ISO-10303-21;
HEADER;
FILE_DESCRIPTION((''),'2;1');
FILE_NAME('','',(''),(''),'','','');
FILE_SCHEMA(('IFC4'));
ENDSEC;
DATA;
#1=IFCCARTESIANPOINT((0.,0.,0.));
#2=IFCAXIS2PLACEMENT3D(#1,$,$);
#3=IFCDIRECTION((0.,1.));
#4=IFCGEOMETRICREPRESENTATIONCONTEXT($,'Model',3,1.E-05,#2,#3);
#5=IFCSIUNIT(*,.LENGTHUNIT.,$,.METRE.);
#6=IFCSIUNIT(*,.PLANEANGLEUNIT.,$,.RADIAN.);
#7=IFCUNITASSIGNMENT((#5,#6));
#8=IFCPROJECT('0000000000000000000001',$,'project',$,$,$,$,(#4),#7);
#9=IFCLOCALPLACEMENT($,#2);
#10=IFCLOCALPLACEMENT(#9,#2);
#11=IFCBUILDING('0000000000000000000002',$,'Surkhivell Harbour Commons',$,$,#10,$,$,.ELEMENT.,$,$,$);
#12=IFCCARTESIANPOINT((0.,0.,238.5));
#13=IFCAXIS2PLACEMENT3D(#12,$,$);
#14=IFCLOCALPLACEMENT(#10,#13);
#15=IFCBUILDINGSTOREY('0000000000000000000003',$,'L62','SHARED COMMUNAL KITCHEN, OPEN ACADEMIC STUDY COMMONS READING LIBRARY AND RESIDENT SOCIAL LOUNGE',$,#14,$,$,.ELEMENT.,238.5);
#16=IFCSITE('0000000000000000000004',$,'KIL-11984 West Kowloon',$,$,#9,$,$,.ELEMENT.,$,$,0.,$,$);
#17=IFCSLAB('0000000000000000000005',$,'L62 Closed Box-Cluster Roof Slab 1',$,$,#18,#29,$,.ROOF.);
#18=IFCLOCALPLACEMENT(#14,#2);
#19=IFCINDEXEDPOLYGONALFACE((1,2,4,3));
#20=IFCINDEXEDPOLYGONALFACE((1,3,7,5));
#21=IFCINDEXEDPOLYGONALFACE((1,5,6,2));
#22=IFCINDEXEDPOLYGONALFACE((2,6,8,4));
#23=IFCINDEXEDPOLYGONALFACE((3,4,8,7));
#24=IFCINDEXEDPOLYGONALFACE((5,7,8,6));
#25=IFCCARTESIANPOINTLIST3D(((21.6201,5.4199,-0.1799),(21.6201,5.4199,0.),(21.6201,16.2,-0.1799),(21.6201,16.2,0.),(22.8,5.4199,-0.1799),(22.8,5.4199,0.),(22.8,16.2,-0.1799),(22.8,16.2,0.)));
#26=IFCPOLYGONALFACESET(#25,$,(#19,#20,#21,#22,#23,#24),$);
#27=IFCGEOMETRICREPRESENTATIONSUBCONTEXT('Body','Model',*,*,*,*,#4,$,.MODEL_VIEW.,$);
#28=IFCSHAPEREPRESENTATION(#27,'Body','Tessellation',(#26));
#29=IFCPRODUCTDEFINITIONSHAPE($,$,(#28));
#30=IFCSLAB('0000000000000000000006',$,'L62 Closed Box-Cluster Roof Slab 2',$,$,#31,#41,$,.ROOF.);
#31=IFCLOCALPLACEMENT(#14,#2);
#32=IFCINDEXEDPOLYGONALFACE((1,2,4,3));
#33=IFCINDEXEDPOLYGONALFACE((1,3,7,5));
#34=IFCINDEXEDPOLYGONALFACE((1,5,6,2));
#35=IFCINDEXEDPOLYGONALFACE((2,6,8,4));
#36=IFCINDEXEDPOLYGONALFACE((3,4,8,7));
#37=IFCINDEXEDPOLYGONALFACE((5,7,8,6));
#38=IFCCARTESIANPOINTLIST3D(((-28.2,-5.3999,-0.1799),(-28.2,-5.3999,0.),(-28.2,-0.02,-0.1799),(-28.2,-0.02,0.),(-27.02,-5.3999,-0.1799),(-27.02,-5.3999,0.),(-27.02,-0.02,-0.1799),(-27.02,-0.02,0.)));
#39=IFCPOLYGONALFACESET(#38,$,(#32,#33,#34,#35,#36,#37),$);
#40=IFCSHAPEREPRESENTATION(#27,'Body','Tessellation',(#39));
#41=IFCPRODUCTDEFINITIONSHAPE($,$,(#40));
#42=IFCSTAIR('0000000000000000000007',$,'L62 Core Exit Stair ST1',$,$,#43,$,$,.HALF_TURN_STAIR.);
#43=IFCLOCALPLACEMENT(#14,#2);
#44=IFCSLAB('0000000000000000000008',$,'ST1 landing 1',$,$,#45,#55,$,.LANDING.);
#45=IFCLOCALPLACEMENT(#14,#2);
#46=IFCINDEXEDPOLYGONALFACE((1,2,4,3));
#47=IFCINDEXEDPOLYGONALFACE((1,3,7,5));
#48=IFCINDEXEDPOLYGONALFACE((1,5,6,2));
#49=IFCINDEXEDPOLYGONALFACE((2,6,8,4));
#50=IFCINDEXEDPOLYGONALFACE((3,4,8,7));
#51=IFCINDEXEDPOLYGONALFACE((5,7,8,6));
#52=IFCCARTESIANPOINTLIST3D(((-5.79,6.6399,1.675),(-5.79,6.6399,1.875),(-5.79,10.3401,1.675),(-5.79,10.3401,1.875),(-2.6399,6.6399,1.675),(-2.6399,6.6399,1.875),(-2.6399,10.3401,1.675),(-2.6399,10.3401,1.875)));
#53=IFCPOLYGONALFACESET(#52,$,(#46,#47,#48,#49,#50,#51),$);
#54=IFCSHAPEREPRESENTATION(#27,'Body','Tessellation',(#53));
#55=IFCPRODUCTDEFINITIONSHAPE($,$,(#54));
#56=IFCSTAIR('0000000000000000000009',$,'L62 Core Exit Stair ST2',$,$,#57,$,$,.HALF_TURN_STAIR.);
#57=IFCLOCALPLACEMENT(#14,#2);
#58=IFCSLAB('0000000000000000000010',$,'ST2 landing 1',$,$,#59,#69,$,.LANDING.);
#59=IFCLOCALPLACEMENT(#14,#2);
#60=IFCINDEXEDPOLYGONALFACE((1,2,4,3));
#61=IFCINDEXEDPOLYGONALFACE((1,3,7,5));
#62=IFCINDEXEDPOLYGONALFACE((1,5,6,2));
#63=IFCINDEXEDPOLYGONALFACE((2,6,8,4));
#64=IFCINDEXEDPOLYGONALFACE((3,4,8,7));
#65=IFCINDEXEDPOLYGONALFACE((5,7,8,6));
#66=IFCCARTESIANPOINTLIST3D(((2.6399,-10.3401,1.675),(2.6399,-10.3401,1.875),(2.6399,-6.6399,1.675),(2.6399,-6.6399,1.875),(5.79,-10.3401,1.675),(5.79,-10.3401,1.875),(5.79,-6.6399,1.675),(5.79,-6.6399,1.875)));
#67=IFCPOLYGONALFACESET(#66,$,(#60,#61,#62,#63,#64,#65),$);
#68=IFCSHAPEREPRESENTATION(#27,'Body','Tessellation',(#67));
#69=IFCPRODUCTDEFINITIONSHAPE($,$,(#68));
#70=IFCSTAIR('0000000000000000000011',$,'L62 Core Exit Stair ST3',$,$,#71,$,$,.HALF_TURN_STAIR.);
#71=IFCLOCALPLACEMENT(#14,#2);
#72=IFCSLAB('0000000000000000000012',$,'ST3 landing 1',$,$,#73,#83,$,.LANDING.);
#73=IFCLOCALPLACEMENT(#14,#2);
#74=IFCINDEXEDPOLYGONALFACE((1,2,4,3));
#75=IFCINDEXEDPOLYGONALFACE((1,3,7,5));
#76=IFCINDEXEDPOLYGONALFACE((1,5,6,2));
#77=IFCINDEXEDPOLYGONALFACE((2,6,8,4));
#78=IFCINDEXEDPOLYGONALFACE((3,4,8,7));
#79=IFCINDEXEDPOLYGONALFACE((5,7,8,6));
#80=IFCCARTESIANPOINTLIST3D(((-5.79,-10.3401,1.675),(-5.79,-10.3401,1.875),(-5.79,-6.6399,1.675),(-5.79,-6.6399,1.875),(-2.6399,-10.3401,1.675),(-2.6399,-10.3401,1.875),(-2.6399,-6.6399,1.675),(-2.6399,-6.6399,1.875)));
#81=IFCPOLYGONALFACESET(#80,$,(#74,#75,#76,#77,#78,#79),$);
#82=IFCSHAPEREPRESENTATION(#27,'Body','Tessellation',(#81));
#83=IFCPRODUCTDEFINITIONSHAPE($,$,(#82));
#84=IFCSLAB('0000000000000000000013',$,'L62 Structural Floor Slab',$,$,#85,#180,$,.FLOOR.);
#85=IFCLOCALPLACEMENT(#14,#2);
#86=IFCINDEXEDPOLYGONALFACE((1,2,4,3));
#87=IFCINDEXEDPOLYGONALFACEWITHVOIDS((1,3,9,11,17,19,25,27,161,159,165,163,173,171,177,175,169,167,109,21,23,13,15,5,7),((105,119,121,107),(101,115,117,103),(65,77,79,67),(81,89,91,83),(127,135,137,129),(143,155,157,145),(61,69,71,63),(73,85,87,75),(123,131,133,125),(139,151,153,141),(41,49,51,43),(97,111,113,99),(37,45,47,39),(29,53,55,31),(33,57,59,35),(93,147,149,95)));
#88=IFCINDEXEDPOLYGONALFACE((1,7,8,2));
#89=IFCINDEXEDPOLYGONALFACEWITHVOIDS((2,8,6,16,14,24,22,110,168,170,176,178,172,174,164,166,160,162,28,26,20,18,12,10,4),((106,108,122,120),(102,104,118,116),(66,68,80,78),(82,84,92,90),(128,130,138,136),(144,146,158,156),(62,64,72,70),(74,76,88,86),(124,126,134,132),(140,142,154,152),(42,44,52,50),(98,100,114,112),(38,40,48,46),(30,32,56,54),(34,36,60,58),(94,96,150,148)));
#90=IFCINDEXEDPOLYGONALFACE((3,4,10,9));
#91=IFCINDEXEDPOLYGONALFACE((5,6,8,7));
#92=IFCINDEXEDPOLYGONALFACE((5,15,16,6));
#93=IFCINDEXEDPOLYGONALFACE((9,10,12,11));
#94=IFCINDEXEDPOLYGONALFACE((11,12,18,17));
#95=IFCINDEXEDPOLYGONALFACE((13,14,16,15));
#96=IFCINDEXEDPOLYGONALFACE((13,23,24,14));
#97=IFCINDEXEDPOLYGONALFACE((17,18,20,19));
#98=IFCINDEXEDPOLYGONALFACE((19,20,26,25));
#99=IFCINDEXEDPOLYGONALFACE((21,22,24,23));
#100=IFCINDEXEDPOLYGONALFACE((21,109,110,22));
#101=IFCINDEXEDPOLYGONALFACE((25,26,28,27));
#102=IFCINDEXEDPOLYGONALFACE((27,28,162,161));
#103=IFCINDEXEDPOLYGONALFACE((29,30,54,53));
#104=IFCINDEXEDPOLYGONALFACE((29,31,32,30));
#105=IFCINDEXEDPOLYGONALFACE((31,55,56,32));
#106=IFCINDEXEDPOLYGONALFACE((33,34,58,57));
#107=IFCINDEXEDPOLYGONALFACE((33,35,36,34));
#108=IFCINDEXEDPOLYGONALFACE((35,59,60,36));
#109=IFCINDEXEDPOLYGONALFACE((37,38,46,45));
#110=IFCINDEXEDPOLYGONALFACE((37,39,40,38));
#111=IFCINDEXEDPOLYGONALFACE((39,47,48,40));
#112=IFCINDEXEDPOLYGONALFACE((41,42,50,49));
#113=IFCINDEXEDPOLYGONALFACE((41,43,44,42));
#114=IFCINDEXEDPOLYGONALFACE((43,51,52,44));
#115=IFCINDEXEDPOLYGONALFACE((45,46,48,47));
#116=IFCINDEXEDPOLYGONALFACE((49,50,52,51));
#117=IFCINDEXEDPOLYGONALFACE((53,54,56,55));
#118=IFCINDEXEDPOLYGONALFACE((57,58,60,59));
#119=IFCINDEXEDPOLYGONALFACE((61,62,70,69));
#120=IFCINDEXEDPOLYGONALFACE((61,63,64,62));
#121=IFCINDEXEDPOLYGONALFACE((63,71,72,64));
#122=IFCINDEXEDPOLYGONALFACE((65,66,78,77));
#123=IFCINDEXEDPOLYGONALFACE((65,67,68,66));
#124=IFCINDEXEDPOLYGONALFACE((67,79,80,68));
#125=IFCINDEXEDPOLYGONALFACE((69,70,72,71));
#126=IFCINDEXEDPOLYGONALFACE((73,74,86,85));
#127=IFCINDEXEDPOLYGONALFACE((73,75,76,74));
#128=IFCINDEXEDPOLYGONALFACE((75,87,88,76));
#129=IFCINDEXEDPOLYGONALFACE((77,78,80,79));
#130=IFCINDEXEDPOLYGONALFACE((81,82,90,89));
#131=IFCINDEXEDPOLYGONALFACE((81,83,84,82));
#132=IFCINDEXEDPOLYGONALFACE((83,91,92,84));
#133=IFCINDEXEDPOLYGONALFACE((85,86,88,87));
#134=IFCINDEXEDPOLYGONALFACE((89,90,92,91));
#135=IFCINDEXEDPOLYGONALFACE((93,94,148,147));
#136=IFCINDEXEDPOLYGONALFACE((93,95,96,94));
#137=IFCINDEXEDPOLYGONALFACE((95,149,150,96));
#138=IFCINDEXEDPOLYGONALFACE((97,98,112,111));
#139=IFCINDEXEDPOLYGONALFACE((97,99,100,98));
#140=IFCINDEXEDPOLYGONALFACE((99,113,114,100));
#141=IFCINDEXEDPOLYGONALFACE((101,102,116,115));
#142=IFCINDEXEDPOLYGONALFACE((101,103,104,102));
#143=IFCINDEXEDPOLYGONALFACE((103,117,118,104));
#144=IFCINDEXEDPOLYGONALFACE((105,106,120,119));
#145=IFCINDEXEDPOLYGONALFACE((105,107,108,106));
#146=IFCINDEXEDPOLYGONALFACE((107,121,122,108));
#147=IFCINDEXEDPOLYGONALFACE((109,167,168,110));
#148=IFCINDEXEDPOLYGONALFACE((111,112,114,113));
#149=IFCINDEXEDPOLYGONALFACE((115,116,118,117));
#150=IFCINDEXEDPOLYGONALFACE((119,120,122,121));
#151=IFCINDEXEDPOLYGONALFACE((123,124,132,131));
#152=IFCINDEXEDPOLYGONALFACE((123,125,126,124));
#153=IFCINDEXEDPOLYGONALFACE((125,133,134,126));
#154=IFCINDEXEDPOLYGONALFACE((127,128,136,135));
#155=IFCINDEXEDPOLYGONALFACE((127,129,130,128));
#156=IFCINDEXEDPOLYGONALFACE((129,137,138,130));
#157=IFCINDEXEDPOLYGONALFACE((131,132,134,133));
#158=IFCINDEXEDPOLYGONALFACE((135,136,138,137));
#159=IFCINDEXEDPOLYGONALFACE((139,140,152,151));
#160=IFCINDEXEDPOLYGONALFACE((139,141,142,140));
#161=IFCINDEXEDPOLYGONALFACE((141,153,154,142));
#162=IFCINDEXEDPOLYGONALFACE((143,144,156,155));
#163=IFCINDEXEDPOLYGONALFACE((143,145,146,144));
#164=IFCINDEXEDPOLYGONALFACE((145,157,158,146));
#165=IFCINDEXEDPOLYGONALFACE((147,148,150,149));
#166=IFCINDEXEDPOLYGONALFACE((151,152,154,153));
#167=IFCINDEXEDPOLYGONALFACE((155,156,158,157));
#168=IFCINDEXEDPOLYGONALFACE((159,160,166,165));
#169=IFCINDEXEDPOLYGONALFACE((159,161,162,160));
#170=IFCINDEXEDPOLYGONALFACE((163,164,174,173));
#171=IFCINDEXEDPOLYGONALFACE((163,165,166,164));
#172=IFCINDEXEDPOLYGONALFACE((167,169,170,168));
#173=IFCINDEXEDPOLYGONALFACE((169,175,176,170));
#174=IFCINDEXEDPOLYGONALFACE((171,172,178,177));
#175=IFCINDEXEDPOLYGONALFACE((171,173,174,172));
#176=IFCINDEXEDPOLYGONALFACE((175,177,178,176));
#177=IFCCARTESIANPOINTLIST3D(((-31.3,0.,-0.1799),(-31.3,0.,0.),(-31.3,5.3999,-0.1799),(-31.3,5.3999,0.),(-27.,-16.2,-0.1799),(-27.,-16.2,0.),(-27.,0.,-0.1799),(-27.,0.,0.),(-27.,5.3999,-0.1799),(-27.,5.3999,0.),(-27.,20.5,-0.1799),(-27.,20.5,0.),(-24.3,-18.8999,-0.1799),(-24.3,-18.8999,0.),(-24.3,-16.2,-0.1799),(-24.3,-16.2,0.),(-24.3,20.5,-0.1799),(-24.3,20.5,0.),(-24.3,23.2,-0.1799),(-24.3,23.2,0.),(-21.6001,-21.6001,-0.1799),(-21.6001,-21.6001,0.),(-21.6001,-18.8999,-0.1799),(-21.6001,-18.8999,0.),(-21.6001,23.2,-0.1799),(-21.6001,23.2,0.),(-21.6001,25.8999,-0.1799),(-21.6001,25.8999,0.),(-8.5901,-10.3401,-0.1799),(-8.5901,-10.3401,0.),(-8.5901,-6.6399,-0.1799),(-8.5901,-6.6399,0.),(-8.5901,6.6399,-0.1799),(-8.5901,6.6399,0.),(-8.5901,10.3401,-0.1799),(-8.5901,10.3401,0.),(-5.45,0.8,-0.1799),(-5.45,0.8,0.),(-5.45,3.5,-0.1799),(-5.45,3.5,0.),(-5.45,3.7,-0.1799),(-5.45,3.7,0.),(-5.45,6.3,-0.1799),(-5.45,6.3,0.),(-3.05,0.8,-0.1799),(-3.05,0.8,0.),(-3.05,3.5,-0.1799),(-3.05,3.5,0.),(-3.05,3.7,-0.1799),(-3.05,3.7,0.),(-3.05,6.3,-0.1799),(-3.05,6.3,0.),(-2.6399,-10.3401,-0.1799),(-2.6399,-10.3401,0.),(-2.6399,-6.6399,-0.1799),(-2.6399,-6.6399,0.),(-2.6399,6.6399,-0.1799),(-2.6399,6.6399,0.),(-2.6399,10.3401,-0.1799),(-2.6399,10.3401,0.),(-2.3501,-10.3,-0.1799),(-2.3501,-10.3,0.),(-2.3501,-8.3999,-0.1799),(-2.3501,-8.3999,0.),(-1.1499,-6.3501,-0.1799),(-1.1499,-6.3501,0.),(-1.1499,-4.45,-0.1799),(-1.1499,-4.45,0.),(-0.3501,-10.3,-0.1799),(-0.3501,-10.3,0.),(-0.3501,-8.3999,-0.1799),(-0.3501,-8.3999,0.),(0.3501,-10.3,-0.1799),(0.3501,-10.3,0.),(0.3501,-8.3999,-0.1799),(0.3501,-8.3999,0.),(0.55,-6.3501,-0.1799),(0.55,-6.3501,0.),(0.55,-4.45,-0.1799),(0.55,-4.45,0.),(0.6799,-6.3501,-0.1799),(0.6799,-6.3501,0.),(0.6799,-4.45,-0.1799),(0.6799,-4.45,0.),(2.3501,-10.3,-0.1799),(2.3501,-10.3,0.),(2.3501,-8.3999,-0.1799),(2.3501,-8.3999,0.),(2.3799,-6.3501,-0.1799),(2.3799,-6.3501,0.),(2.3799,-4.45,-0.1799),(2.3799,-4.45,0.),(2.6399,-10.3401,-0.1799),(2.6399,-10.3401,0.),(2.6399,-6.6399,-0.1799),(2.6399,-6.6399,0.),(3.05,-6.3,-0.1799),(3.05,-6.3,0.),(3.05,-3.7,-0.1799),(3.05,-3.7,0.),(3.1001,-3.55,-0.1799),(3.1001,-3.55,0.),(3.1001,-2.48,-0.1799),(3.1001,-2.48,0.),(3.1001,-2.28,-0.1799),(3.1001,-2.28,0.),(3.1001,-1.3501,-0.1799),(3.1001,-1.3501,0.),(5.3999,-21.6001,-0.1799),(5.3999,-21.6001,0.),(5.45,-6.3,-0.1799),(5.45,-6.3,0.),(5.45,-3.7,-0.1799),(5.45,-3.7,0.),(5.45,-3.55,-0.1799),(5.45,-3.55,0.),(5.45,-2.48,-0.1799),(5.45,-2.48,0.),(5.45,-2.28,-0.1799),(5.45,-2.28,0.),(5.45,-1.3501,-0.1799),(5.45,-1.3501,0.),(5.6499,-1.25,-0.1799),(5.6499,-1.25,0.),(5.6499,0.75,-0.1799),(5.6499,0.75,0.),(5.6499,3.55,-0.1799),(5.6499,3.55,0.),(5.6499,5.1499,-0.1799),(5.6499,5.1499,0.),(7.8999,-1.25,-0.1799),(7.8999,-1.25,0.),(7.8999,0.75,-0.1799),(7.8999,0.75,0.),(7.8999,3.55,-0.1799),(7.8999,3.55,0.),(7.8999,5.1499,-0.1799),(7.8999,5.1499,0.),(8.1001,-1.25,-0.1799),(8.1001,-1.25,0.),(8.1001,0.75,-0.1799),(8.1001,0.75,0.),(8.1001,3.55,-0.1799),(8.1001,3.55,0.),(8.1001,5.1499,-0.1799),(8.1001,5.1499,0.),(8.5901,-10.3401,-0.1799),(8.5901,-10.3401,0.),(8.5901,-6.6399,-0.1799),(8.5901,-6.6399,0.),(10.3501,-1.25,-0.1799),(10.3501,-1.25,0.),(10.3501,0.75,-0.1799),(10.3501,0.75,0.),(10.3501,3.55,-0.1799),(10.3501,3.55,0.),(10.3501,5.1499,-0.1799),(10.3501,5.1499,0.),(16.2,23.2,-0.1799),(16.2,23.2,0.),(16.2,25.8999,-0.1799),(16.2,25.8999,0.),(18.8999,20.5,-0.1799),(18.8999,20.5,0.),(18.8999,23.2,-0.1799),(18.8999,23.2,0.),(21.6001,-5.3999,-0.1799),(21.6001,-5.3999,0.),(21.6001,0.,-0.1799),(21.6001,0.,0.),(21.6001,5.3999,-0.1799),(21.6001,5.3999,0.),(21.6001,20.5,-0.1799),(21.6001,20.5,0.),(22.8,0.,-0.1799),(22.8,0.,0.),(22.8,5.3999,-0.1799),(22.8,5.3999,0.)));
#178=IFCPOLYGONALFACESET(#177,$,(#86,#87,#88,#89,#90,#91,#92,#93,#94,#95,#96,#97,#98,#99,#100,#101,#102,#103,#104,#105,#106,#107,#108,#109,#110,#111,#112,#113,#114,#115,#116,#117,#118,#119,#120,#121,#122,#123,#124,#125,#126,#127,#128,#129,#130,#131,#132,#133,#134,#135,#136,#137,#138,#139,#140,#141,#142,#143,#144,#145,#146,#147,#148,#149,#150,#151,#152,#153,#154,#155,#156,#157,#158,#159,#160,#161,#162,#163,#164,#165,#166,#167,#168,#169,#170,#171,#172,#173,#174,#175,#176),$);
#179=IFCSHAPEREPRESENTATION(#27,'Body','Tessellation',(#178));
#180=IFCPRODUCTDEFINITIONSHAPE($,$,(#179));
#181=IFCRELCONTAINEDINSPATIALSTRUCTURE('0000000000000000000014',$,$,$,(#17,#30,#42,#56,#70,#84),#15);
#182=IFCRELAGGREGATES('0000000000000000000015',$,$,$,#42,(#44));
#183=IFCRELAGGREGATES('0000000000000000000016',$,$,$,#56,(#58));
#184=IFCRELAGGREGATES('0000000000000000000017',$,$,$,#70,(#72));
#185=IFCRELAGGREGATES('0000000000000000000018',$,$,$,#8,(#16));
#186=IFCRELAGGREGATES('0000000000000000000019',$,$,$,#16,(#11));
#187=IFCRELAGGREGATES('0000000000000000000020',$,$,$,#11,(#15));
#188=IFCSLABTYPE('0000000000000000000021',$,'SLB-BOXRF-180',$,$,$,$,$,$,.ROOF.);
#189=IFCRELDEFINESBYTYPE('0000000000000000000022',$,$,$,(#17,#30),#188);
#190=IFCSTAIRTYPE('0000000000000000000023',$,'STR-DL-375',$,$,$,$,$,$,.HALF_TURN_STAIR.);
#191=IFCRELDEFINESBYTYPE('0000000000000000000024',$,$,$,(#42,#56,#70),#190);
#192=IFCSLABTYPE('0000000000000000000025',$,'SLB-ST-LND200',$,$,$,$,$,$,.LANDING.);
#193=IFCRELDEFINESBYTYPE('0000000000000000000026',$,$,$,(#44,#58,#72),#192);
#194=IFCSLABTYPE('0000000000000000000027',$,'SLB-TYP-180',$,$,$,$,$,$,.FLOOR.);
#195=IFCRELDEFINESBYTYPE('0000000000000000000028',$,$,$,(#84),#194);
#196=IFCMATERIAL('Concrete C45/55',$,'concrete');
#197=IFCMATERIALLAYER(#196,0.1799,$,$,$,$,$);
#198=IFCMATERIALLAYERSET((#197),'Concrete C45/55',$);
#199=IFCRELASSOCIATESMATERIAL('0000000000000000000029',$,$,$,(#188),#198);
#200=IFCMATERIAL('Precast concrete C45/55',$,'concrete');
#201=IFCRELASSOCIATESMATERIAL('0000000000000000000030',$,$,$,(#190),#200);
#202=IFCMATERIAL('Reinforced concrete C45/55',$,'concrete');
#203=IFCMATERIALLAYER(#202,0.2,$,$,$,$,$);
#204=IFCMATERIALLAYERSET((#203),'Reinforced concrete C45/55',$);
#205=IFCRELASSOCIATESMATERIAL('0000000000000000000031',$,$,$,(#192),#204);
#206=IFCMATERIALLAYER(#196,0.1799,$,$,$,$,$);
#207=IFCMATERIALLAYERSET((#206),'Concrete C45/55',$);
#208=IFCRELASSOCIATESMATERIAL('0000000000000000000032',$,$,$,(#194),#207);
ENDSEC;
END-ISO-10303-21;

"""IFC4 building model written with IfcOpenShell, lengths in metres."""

from ifc_helpers import new_model, si_unit, direction, frame, origin, place, context, subcontext, project, spatial, polyline, outline, extrude, material, layer, layer_set, type_object, element, aggregate, save


model = new_model("IFC4")

# Units and contexts
model_context = context("Model", 3, precision=1e-05, world=origin(), true_north=direction((0.0, 1.0)))
body_context = subcontext(model_context, "Body", "Model", "MODEL_VIEW")
ifc_project = project(units=[si_unit("LENGTHUNIT", "METRE"), si_unit("PLANEANGLEUNIT", "RADIAN")], contexts=[model_context])

# Site, building, storey
site_placement = place(None, origin())
site = spatial("IfcSite", under=ifc_project, at=site_placement, Name="KIL-11984 West Kowloon", CompositionType="ELEMENT", RefElevation=0.0)
building_placement = place(site_placement, origin())
building = spatial("IfcBuilding", under=site, at=building_placement, Name="Surkhivell Harbour Commons", CompositionType="ELEMENT")
storey_placement = place(building_placement, frame((0.0, 0.0, 238.5)))
storey = spatial("IfcBuildingStorey", under=building, at=storey_placement, Name="L62", Description="SHARED COMMUNAL KITCHEN, OPEN ACADEMIC STUDY COMMONS READING LIBRARY AND RESIDENT SOCIAL LOUNGE", CompositionType="ELEMENT", Elevation=238.5)

# Slabs
ifc_material_1 = material(Name="Concrete C45/55", Category="concrete")
ifc_layer_1 = layer(ifc_material_1, 0.1799)
ifc_layer_set_1 = layer_set([ifc_layer_1], Name="Concrete C45/55")
slab_type_1 = type_object("IfcSlabType", Name="SLB-BOXRF-180", PredefinedType="ROOF", material=ifc_layer_set_1)
slab_1_placement = place(storey_placement, frame((0.0, 0.0, -0.1799)))
element("IfcSlab", 1, at=slab_1_placement, inside=storey, type_object=slab_type_1, Name="L62 Closed Box-Cluster Roof Slab 1", PredefinedType="ROOF", context=body_context, shape_type="SweptSolid", body=[
    extrude(outline(polyline([(22.8, 16.2), (21.6201, 16.2), (21.6201, 5.4199), (22.8, 5.4199), (22.8, 16.2)])), origin(), (0.0, 0.0, 1.0), 0.1799),
])
slab_2_placement = place(storey_placement, frame((0.0, 0.0, -0.1799)))
element("IfcSlab", 2, at=slab_2_placement, inside=storey, type_object=slab_type_1, Name="L62 Closed Box-Cluster Roof Slab 2", PredefinedType="ROOF", context=body_context, shape_type="SweptSolid", body=[
    extrude(outline(polyline([(-28.2, -5.3999), (-27.02, -5.3999), (-27.02, -0.02), (-28.2, -0.02), (-28.2, -5.3999)])), origin(), (0.0, 0.0, 1.0), 0.1799),
])

# Stairs, slabs
ifc_material_2 = material(Name="Precast concrete C45/55", Category="concrete")
stair_type = type_object("IfcStairType", Name="STR-DL-375", PredefinedType="HALF_TURN_STAIR", material=ifc_material_2)
stair_1_placement = place(storey_placement, origin())
stair_1 = element("IfcStair", 3, at=stair_1_placement, inside=storey, type_object=stair_type, Name="L62 Core Exit Stair ST1", PredefinedType="HALF_TURN_STAIR")
ifc_material_3 = material(Name="Reinforced concrete C45/55", Category="concrete")
ifc_layer_2 = layer(ifc_material_3, 0.2)
ifc_layer_set_2 = layer_set([ifc_layer_2], Name="Reinforced concrete C45/55")
slab_type_2 = type_object("IfcSlabType", Name="SLB-ST-LND200", PredefinedType="LANDING", material=ifc_layer_set_2)
slab_3_placement = place(storey_placement, frame((0.0, 0.0, 1.675)))
slab_3 = element("IfcSlab", 4, at=slab_3_placement, type_object=slab_type_2, Name="ST1 landing 1", PredefinedType="LANDING", context=body_context, shape_type="SweptSolid", body=[
    extrude(outline(polyline([(-5.79, 6.6399), (-2.6399, 6.6399), (-2.6399, 10.3401), (-5.79, 10.3401), (-5.79, 6.6399)])), origin(), (0.0, 0.0, 1.0), 0.2),
])
aggregate(stair_1, [slab_3])
stair_2_placement = place(storey_placement, origin())
stair_2 = element("IfcStair", 5, at=stair_2_placement, inside=storey, type_object=stair_type, Name="L62 Core Exit Stair ST2", PredefinedType="HALF_TURN_STAIR")
slab_4_placement = place(storey_placement, frame((0.0, 0.0, 1.675)))
slab_4 = element("IfcSlab", 6, at=slab_4_placement, type_object=slab_type_2, Name="ST2 landing 1", PredefinedType="LANDING", context=body_context, shape_type="SweptSolid", body=[
    extrude(outline(polyline([(5.79, -6.6399), (2.6399, -6.6399), (2.6399, -10.3401), (5.79, -10.3401), (5.79, -6.6399)])), origin(), (0.0, 0.0, 1.0), 0.2),
])
aggregate(stair_2, [slab_4])
stair_3_placement = place(storey_placement, origin())
stair_3 = element("IfcStair", 7, at=stair_3_placement, inside=storey, type_object=stair_type, Name="L62 Core Exit Stair ST3", PredefinedType="HALF_TURN_STAIR")
slab_5_placement = place(storey_placement, frame((0.0, 0.0, 1.675)))
slab_5 = element("IfcSlab", 8, at=slab_5_placement, type_object=slab_type_2, Name="ST3 landing 1", PredefinedType="LANDING", context=body_context, shape_type="SweptSolid", body=[
    extrude(outline(polyline([(-5.79, -10.3401), (-2.6399, -10.3401), (-2.6399, -6.6399), (-5.79, -6.6399), (-5.79, -10.3401)])), origin(), (0.0, 0.0, 1.0), 0.2),
])
aggregate(stair_3, [slab_5])

# Slab
ifc_layer_3 = layer(ifc_material_1, 0.1799)
ifc_layer_set_3 = layer_set([ifc_layer_3], Name="Concrete C45/55")
slab_type_3 = type_object("IfcSlabType", Name="SLB-TYP-180", PredefinedType="FLOOR", material=ifc_layer_set_3)
slab_6_placement = place(storey_placement, frame((0.0, 0.0, -0.1799)))
element("IfcSlab", 9, at=slab_6_placement, inside=storey, type_object=slab_type_3, Name="L62 Structural Floor Slab", PredefinedType="FLOOR", context=body_context, shape_type="SweptSolid", body=[
    extrude(outline(polyline([(-27.0, 20.5), (-27.0, 5.3999), (-31.3, 5.3999), (-31.3, 0.0), (-27.0, 0.0), (-27.0, -16.2), (-24.3, -16.2), (-24.3, -18.8999), (-21.6001, -18.8999), (-21.6001, -21.6001), (5.3999, -21.6001), (21.6001, -5.3999), (21.6001, 0.0), (22.8, 0.0), (22.8, 5.3999), (21.6001, 5.3999), (21.6001, 20.5), (18.8999, 20.5), (18.8999, 23.2), (16.2, 23.2), (16.2, 25.8999), (-21.6001, 25.8999), (-21.6001, 23.2), (-24.3, 23.2), (-24.3, 20.5), (-27.0, 20.5)]), holes=[polyline([(-8.5901, 6.6399), (-2.6399, 6.6399), (-2.6399, 10.3401), (-8.5901, 10.3401), (-8.5901, 6.6399)]), polyline([(8.5901, -6.6399), (2.6399, -6.6399), (2.6399, -10.3401), (8.5901, -10.3401), (8.5901, -6.6399)]), polyline([(-8.5901, -10.3401), (-2.6399, -10.3401), (-2.6399, -6.6399), (-8.5901, -6.6399), (-8.5901, -10.3401)]), polyline([(5.6499, 3.55), (7.8999, 3.55), (7.8999, 5.1499), (5.6499, 5.1499), (5.6499, 3.55)]), polyline([(8.1001, 3.55), (10.3501, 3.55), (10.3501, 5.1499), (8.1001, 5.1499), (8.1001, 3.55)]), polyline([(5.6499, -1.25), (7.8999, -1.25), (7.8999, 0.75), (5.6499, 0.75), (5.6499, -1.25)]), polyline([(8.1001, -1.25), (10.3501, -1.25), (10.3501, 0.75), (8.1001, 0.75), (8.1001, -1.25)]), polyline([(-1.1499, -6.3501), (0.55, -6.3501), (0.55, -4.45), (-1.1499, -4.45), (-1.1499, -6.3501)]), polyline([(0.6799, -6.3501), (2.3799, -6.3501), (2.3799, -4.45), (0.6799, -4.45), (0.6799, -6.3501)]), polyline([(-2.3501, -10.3), (-0.3501, -10.3), (-0.3501, -8.3999), (-2.3501, -8.3999), (-2.3501, -10.3)]), polyline([(0.3501, -10.3), (2.3501, -10.3), (2.3501, -8.3999), (0.3501, -8.3999), (0.3501, -10.3)]), polyline([(-5.45, 3.7), (-3.05, 3.7), (-3.05, 6.3), (-5.45, 6.3), (-5.45, 3.7)]), polyline([(3.05, -6.3), (5.45, -6.3), (5.45, -3.7), (3.05, -3.7), (3.05, -6.3)]), polyline([(-5.45, 0.8), (-3.05, 0.8), (-3.05, 3.5), (-5.45, 3.5), (-5.45, 0.8)]), polyline([(3.1001, -3.55), (5.45, -3.55), (5.45, -2.48), (3.1001, -2.48), (3.1001, -3.55)]), polyline([(3.1001, -2.28), (5.45, -2.28), (5.45, -1.3501), (3.1001, -1.3501), (3.1001, -2.28)])]), origin(), (0.0, 0.0, 1.0), 0.1799),
])

save(model, "model.ifc")
